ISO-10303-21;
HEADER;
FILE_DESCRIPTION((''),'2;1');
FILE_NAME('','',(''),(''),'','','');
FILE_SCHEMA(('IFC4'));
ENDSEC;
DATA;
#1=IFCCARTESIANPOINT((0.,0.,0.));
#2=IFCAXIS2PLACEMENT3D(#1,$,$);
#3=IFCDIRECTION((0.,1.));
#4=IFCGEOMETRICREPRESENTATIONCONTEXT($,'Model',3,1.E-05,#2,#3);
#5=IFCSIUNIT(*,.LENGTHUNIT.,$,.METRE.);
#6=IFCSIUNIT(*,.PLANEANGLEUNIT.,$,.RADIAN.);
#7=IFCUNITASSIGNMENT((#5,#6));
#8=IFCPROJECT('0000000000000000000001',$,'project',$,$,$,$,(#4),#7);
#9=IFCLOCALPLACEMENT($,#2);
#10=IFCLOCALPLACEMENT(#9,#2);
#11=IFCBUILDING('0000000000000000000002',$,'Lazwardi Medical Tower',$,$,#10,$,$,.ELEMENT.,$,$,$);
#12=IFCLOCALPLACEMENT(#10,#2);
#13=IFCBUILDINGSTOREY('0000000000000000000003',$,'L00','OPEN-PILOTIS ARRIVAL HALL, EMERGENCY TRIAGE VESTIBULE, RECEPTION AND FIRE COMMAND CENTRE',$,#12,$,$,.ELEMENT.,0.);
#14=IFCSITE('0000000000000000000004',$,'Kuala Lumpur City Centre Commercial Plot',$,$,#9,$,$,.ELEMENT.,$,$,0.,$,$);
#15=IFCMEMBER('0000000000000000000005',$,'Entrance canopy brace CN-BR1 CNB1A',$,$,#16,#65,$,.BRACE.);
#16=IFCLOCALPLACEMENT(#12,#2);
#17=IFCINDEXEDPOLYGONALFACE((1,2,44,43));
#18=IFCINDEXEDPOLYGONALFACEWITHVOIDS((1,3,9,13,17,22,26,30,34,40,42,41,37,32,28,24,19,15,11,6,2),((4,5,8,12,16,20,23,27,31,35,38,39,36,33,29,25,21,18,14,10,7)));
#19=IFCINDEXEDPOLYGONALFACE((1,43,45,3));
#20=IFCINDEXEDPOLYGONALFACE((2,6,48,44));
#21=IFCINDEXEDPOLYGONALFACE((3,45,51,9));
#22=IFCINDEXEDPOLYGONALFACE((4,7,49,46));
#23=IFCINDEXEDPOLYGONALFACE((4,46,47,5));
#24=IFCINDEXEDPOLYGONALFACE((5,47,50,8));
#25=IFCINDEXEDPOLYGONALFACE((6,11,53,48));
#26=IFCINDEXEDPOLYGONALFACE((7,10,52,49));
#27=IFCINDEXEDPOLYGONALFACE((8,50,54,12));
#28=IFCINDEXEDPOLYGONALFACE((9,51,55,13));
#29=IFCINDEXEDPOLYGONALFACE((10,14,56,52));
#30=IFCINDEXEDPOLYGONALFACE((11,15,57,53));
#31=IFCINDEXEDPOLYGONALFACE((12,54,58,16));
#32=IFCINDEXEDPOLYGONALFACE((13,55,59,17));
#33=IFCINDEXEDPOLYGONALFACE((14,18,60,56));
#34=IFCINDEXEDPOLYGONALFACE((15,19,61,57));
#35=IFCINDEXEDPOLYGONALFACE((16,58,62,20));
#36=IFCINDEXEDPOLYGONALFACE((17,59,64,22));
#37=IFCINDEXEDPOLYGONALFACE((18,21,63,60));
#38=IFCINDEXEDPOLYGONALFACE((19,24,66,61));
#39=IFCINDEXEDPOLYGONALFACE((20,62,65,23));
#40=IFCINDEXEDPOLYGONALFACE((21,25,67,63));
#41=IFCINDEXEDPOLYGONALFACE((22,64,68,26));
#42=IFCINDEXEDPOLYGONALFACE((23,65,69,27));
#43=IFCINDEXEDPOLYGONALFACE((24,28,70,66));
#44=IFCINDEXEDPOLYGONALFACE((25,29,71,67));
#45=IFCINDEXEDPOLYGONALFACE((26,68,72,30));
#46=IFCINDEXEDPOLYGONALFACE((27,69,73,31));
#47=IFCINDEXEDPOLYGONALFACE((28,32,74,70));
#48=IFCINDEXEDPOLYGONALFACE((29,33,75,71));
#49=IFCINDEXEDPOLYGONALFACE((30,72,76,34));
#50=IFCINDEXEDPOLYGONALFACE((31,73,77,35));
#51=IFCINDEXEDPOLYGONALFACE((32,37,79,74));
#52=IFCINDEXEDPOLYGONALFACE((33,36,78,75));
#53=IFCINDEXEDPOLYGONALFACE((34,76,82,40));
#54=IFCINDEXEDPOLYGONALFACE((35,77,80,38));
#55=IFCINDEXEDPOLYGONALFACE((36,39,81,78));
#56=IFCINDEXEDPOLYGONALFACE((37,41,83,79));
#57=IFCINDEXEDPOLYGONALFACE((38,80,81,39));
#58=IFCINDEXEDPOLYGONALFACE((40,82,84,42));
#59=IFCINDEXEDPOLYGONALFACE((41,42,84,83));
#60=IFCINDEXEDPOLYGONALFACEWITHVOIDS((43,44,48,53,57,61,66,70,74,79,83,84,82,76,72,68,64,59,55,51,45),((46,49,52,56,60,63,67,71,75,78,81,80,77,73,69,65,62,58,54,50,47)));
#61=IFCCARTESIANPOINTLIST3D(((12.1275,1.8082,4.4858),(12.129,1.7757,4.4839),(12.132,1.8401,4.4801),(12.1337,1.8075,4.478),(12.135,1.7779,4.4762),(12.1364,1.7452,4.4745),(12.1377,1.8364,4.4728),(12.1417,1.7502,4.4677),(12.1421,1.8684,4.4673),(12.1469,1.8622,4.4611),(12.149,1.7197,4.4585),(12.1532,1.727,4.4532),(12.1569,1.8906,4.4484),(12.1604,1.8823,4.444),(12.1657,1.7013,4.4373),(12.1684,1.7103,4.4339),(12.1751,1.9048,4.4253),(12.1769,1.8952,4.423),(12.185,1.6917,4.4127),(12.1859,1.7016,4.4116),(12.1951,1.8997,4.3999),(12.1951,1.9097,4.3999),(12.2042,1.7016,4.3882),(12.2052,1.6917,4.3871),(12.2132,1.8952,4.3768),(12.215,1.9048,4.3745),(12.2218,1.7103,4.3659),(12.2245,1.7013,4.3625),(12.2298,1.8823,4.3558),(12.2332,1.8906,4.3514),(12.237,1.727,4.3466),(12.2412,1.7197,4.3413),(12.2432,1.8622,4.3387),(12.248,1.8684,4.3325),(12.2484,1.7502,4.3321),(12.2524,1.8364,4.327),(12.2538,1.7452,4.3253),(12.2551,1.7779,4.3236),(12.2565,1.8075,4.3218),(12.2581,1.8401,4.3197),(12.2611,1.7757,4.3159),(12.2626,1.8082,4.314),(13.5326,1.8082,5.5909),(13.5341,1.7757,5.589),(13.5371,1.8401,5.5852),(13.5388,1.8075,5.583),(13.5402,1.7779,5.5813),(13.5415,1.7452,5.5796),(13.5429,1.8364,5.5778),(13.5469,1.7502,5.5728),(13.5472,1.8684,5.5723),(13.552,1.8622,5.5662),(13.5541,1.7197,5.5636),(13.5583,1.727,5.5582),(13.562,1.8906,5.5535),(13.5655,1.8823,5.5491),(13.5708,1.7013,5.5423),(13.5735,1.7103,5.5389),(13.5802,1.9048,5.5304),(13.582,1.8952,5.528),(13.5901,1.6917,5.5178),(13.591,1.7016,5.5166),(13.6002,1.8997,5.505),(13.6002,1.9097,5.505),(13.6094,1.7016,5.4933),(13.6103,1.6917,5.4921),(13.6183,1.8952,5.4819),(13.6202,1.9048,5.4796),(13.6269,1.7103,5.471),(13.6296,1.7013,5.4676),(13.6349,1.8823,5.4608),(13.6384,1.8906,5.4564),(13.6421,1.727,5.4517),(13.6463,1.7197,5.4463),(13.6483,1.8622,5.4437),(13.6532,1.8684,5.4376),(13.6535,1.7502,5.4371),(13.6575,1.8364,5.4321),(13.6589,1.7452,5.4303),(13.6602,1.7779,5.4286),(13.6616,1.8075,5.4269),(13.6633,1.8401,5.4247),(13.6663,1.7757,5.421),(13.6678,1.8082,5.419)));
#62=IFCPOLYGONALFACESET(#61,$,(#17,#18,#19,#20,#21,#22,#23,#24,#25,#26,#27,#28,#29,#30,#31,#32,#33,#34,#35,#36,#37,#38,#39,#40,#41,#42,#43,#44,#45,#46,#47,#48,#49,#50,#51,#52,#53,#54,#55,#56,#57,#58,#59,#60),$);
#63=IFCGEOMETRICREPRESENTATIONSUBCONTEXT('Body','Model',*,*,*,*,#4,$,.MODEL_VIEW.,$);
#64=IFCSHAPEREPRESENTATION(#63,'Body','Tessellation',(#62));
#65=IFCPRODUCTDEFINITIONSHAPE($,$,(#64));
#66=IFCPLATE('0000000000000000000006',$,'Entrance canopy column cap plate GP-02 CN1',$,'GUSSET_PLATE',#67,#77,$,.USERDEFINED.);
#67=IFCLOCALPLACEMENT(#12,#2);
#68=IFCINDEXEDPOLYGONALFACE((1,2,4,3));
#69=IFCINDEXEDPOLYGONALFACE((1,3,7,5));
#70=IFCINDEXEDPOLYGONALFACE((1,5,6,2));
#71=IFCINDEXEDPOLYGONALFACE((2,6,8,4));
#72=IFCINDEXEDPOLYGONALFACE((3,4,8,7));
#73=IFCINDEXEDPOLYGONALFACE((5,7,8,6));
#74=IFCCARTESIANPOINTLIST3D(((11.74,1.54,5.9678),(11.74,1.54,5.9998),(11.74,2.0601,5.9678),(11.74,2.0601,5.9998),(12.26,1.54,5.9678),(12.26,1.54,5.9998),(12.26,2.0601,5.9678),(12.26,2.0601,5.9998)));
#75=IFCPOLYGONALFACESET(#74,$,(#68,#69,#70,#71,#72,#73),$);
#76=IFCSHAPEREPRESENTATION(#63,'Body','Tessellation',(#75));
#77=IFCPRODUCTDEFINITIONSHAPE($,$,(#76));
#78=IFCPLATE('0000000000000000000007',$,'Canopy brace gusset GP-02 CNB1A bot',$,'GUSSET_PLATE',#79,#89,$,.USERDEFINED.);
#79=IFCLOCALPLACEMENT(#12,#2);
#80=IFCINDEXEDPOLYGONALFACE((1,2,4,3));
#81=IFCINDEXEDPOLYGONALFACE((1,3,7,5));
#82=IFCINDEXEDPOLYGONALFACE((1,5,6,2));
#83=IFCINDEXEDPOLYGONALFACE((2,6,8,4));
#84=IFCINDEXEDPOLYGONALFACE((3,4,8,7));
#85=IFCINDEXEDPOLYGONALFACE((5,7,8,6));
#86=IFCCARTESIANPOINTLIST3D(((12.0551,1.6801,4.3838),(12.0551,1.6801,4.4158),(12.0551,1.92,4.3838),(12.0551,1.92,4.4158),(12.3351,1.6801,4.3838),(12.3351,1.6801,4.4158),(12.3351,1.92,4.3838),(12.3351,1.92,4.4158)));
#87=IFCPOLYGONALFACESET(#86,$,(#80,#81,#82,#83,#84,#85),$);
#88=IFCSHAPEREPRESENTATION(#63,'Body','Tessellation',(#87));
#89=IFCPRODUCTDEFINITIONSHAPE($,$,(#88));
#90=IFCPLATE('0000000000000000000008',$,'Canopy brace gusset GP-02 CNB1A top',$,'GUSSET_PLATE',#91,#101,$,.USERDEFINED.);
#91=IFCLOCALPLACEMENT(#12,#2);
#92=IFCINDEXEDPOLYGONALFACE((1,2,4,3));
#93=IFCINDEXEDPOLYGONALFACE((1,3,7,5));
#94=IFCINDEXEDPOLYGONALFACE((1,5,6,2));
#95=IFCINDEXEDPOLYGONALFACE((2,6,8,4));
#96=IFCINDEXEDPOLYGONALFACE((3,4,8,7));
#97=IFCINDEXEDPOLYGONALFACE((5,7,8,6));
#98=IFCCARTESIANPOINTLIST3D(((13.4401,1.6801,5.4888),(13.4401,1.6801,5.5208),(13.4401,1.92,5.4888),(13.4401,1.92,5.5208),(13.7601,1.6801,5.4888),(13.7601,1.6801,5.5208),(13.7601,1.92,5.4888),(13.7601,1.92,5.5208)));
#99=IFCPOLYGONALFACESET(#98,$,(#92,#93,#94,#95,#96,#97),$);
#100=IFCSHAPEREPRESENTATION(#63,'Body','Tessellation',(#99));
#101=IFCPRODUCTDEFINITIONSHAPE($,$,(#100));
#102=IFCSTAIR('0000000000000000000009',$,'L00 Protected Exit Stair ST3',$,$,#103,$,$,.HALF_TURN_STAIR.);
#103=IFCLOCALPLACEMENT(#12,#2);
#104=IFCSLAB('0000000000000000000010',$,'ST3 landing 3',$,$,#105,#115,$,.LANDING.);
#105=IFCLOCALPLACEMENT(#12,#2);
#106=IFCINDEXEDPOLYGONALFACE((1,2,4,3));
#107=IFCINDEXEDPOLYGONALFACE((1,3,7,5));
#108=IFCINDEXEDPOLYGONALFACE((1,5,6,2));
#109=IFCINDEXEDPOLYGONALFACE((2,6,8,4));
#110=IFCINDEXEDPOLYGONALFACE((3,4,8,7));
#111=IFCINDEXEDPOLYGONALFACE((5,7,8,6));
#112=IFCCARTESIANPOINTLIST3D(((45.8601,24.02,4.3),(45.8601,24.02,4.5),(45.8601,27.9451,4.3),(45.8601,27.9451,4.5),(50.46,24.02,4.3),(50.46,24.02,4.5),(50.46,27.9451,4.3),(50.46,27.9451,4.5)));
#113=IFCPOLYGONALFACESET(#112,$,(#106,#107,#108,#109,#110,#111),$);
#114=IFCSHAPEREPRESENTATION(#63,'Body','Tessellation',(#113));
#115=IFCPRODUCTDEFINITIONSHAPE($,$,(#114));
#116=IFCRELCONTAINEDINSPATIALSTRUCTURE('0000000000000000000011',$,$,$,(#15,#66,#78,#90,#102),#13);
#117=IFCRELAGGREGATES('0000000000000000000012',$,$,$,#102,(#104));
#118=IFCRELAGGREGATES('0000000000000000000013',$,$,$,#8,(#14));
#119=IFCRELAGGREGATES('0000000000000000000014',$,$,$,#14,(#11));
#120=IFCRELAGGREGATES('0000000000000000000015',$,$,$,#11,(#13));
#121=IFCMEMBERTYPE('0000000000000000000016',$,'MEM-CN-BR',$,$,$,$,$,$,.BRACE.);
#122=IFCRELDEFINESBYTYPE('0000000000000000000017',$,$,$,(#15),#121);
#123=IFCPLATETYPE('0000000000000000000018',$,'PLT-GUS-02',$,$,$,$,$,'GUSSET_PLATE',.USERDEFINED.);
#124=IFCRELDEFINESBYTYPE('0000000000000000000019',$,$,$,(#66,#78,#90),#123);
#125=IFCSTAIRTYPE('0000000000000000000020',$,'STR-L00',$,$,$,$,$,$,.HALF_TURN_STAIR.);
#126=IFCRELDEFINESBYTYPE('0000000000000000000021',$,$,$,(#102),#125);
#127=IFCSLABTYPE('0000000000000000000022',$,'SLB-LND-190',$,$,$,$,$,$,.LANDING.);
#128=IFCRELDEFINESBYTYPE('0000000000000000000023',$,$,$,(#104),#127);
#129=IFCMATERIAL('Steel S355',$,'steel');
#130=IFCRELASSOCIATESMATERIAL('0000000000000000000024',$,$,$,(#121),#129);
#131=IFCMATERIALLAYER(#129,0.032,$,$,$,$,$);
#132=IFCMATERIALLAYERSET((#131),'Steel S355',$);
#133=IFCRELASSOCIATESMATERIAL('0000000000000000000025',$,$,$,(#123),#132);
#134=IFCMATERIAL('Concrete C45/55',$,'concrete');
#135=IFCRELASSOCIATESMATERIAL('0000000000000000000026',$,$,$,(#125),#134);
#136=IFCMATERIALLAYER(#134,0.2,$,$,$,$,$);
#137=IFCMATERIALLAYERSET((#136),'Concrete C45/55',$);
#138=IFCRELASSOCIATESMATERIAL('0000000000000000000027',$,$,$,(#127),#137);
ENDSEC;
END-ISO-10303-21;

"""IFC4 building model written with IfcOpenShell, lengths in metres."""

from ifc_helpers import new_model, si_unit, direction, frame, origin, origin_2d, place, context, subcontext, project, spatial, polyline, rectangle, hollow_circle, outline, extrude, material, layer, layer_set, material_profile, profile_set, type_object, element, aggregate, save


model = new_model("IFC4")

# Units and contexts
model_context = context("Model", 3, precision=1e-05, world=origin(), true_north=direction((0.0, 1.0)))
body_context = subcontext(model_context, "Body", "Model", "MODEL_VIEW")
ifc_project = project(units=[si_unit("LENGTHUNIT", "METRE"), si_unit("PLANEANGLEUNIT", "RADIAN")], contexts=[model_context])

# Site, building, storey
site_placement = place(None, origin())
site = spatial("IfcSite", under=ifc_project, at=site_placement, Name="Kuala Lumpur City Centre Commercial Plot", CompositionType="ELEMENT", RefElevation=0.0)
building_placement = place(site_placement, origin())
building = spatial("IfcBuilding", under=site, at=building_placement, Name="Lazwardi Medical Tower", CompositionType="ELEMENT")
storey_placement = place(building_placement, origin())
storey = spatial("IfcBuildingStorey", under=building, at=storey_placement, Name="L00", Description="OPEN-PILOTIS ARRIVAL HALL, EMERGENCY TRIAGE VESTIBULE, RECEPTION AND FIRE COMMAND CENTRE", CompositionType="ELEMENT", Elevation=0.0)

# Shared definitions
ifc_material_1 = material(Name="Steel S355", Category="steel")

# Member
ifc_material_profile_1 = material_profile(ifc_material_1, hollow_circle(Radius=0.1096, WallThickness=0.01, at=origin_2d()), Name="CHS 219.1x10")
ifc_profile_set_1 = profile_set([ifc_material_profile_1], Name="Steel S355")
member_type = type_object("IfcMemberType", Name="MEM-CN-BR", PredefinedType="BRACE", material=ifc_profile_set_1)
member_placement = place(storey_placement, frame((12.1951, 1.8, 4.3999), z_axis=(0.786039, 0.0, 0.618177), x_axis=(0.0, 1.0, 0.0)))
element("IfcMember", 1, at=member_placement, inside=storey, type_object=member_type, Name="Entrance canopy brace CN-BR1 CNB1A", PredefinedType="BRACE", context=body_context, shape_type="SweptSolid", body=[
    extrude(hollow_circle(Radius=0.1096, WallThickness=0.01, at=origin_2d()), origin(), (0.0, 0.0, 1.0), 1.7876),
])

# Plates
ifc_layer_1 = layer(ifc_material_1, 0.032)
ifc_layer_set_1 = layer_set([ifc_layer_1], Name="Steel S355")
plate_type = type_object("IfcPlateType", Name="PLT-GUS-02", ElementType="GUSSET_PLATE", PredefinedType="USERDEFINED", material=ifc_layer_set_1)
plate_1_placement = place(storey_placement, frame((12.0, 1.8, 5.9678), z_axis=(0.0, 0.0, 1.0), x_axis=(1.0, 0.0, 0.0)))
element("IfcPlate", 2, at=plate_1_placement, inside=storey, type_object=plate_type, Name="Entrance canopy column cap plate GP-02 CN1", ObjectType="GUSSET_PLATE", PredefinedType="USERDEFINED", context=body_context, shape_type="SweptSolid", body=[
    extrude(rectangle(XDim=0.52, YDim=0.52, at=origin_2d()), origin(), (0.0, 0.0, 1.0), 0.032),
])
plate_2_placement = place(storey_placement, frame((12.1951, 1.8, 4.3838), z_axis=(0.0, 0.0, 1.0), x_axis=(1.0, 0.0, 0.0)))
element("IfcPlate", 3, at=plate_2_placement, inside=storey, type_object=plate_type, Name="Canopy brace gusset GP-02 CNB1A bot", ObjectType="GUSSET_PLATE", PredefinedType="USERDEFINED", context=body_context, shape_type="SweptSolid", body=[
    extrude(rectangle(XDim=0.28, YDim=0.24, at=origin_2d()), origin(), (0.0, 0.0, 1.0), 0.032),
])
plate_3_placement = place(storey_placement, frame((13.6001, 1.8, 5.4888), z_axis=(0.0, 0.0, 1.0), x_axis=(1.0, 0.0, 0.0)))
element("IfcPlate", 4, at=plate_3_placement, inside=storey, type_object=plate_type, Name="Canopy brace gusset GP-02 CNB1A top", ObjectType="GUSSET_PLATE", PredefinedType="USERDEFINED", context=body_context, shape_type="SweptSolid", body=[
    extrude(rectangle(XDim=0.3201, YDim=0.24, at=origin_2d()), origin(), (0.0, 0.0, 1.0), 0.032),
])

# Stair, slab
ifc_material_2 = material(Name="Concrete C45/55", Category="concrete")
stair_type = type_object("IfcStairType", Name="STR-L00", PredefinedType="HALF_TURN_STAIR", material=ifc_material_2)
stair_placement = place(storey_placement, origin())
stair = element("IfcStair", 5, at=stair_placement, inside=storey, type_object=stair_type, Name="L00 Protected Exit Stair ST3", PredefinedType="HALF_TURN_STAIR")
ifc_layer_2 = layer(ifc_material_2, 0.2)
ifc_layer_set_2 = layer_set([ifc_layer_2], Name="Concrete C45/55")
slab_type = type_object("IfcSlabType", Name="SLB-LND-190", PredefinedType="LANDING", material=ifc_layer_set_2)
slab_placement = place(storey_placement, frame((0.0, 0.0, 4.3)))
slab = element("IfcSlab", 6, at=slab_placement, type_object=slab_type, Name="ST3 landing 3", PredefinedType="LANDING", context=body_context, shape_type="SweptSolid", body=[
    extrude(outline(polyline([(45.8601, 27.9451), (45.8601, 24.02), (50.46, 24.02), (50.46, 27.9451), (45.8601, 27.9451)])), origin(), (0.0, 0.0, 1.0), 0.2),
])
aggregate(stair, [slab])

save(model, "model.ifc")
